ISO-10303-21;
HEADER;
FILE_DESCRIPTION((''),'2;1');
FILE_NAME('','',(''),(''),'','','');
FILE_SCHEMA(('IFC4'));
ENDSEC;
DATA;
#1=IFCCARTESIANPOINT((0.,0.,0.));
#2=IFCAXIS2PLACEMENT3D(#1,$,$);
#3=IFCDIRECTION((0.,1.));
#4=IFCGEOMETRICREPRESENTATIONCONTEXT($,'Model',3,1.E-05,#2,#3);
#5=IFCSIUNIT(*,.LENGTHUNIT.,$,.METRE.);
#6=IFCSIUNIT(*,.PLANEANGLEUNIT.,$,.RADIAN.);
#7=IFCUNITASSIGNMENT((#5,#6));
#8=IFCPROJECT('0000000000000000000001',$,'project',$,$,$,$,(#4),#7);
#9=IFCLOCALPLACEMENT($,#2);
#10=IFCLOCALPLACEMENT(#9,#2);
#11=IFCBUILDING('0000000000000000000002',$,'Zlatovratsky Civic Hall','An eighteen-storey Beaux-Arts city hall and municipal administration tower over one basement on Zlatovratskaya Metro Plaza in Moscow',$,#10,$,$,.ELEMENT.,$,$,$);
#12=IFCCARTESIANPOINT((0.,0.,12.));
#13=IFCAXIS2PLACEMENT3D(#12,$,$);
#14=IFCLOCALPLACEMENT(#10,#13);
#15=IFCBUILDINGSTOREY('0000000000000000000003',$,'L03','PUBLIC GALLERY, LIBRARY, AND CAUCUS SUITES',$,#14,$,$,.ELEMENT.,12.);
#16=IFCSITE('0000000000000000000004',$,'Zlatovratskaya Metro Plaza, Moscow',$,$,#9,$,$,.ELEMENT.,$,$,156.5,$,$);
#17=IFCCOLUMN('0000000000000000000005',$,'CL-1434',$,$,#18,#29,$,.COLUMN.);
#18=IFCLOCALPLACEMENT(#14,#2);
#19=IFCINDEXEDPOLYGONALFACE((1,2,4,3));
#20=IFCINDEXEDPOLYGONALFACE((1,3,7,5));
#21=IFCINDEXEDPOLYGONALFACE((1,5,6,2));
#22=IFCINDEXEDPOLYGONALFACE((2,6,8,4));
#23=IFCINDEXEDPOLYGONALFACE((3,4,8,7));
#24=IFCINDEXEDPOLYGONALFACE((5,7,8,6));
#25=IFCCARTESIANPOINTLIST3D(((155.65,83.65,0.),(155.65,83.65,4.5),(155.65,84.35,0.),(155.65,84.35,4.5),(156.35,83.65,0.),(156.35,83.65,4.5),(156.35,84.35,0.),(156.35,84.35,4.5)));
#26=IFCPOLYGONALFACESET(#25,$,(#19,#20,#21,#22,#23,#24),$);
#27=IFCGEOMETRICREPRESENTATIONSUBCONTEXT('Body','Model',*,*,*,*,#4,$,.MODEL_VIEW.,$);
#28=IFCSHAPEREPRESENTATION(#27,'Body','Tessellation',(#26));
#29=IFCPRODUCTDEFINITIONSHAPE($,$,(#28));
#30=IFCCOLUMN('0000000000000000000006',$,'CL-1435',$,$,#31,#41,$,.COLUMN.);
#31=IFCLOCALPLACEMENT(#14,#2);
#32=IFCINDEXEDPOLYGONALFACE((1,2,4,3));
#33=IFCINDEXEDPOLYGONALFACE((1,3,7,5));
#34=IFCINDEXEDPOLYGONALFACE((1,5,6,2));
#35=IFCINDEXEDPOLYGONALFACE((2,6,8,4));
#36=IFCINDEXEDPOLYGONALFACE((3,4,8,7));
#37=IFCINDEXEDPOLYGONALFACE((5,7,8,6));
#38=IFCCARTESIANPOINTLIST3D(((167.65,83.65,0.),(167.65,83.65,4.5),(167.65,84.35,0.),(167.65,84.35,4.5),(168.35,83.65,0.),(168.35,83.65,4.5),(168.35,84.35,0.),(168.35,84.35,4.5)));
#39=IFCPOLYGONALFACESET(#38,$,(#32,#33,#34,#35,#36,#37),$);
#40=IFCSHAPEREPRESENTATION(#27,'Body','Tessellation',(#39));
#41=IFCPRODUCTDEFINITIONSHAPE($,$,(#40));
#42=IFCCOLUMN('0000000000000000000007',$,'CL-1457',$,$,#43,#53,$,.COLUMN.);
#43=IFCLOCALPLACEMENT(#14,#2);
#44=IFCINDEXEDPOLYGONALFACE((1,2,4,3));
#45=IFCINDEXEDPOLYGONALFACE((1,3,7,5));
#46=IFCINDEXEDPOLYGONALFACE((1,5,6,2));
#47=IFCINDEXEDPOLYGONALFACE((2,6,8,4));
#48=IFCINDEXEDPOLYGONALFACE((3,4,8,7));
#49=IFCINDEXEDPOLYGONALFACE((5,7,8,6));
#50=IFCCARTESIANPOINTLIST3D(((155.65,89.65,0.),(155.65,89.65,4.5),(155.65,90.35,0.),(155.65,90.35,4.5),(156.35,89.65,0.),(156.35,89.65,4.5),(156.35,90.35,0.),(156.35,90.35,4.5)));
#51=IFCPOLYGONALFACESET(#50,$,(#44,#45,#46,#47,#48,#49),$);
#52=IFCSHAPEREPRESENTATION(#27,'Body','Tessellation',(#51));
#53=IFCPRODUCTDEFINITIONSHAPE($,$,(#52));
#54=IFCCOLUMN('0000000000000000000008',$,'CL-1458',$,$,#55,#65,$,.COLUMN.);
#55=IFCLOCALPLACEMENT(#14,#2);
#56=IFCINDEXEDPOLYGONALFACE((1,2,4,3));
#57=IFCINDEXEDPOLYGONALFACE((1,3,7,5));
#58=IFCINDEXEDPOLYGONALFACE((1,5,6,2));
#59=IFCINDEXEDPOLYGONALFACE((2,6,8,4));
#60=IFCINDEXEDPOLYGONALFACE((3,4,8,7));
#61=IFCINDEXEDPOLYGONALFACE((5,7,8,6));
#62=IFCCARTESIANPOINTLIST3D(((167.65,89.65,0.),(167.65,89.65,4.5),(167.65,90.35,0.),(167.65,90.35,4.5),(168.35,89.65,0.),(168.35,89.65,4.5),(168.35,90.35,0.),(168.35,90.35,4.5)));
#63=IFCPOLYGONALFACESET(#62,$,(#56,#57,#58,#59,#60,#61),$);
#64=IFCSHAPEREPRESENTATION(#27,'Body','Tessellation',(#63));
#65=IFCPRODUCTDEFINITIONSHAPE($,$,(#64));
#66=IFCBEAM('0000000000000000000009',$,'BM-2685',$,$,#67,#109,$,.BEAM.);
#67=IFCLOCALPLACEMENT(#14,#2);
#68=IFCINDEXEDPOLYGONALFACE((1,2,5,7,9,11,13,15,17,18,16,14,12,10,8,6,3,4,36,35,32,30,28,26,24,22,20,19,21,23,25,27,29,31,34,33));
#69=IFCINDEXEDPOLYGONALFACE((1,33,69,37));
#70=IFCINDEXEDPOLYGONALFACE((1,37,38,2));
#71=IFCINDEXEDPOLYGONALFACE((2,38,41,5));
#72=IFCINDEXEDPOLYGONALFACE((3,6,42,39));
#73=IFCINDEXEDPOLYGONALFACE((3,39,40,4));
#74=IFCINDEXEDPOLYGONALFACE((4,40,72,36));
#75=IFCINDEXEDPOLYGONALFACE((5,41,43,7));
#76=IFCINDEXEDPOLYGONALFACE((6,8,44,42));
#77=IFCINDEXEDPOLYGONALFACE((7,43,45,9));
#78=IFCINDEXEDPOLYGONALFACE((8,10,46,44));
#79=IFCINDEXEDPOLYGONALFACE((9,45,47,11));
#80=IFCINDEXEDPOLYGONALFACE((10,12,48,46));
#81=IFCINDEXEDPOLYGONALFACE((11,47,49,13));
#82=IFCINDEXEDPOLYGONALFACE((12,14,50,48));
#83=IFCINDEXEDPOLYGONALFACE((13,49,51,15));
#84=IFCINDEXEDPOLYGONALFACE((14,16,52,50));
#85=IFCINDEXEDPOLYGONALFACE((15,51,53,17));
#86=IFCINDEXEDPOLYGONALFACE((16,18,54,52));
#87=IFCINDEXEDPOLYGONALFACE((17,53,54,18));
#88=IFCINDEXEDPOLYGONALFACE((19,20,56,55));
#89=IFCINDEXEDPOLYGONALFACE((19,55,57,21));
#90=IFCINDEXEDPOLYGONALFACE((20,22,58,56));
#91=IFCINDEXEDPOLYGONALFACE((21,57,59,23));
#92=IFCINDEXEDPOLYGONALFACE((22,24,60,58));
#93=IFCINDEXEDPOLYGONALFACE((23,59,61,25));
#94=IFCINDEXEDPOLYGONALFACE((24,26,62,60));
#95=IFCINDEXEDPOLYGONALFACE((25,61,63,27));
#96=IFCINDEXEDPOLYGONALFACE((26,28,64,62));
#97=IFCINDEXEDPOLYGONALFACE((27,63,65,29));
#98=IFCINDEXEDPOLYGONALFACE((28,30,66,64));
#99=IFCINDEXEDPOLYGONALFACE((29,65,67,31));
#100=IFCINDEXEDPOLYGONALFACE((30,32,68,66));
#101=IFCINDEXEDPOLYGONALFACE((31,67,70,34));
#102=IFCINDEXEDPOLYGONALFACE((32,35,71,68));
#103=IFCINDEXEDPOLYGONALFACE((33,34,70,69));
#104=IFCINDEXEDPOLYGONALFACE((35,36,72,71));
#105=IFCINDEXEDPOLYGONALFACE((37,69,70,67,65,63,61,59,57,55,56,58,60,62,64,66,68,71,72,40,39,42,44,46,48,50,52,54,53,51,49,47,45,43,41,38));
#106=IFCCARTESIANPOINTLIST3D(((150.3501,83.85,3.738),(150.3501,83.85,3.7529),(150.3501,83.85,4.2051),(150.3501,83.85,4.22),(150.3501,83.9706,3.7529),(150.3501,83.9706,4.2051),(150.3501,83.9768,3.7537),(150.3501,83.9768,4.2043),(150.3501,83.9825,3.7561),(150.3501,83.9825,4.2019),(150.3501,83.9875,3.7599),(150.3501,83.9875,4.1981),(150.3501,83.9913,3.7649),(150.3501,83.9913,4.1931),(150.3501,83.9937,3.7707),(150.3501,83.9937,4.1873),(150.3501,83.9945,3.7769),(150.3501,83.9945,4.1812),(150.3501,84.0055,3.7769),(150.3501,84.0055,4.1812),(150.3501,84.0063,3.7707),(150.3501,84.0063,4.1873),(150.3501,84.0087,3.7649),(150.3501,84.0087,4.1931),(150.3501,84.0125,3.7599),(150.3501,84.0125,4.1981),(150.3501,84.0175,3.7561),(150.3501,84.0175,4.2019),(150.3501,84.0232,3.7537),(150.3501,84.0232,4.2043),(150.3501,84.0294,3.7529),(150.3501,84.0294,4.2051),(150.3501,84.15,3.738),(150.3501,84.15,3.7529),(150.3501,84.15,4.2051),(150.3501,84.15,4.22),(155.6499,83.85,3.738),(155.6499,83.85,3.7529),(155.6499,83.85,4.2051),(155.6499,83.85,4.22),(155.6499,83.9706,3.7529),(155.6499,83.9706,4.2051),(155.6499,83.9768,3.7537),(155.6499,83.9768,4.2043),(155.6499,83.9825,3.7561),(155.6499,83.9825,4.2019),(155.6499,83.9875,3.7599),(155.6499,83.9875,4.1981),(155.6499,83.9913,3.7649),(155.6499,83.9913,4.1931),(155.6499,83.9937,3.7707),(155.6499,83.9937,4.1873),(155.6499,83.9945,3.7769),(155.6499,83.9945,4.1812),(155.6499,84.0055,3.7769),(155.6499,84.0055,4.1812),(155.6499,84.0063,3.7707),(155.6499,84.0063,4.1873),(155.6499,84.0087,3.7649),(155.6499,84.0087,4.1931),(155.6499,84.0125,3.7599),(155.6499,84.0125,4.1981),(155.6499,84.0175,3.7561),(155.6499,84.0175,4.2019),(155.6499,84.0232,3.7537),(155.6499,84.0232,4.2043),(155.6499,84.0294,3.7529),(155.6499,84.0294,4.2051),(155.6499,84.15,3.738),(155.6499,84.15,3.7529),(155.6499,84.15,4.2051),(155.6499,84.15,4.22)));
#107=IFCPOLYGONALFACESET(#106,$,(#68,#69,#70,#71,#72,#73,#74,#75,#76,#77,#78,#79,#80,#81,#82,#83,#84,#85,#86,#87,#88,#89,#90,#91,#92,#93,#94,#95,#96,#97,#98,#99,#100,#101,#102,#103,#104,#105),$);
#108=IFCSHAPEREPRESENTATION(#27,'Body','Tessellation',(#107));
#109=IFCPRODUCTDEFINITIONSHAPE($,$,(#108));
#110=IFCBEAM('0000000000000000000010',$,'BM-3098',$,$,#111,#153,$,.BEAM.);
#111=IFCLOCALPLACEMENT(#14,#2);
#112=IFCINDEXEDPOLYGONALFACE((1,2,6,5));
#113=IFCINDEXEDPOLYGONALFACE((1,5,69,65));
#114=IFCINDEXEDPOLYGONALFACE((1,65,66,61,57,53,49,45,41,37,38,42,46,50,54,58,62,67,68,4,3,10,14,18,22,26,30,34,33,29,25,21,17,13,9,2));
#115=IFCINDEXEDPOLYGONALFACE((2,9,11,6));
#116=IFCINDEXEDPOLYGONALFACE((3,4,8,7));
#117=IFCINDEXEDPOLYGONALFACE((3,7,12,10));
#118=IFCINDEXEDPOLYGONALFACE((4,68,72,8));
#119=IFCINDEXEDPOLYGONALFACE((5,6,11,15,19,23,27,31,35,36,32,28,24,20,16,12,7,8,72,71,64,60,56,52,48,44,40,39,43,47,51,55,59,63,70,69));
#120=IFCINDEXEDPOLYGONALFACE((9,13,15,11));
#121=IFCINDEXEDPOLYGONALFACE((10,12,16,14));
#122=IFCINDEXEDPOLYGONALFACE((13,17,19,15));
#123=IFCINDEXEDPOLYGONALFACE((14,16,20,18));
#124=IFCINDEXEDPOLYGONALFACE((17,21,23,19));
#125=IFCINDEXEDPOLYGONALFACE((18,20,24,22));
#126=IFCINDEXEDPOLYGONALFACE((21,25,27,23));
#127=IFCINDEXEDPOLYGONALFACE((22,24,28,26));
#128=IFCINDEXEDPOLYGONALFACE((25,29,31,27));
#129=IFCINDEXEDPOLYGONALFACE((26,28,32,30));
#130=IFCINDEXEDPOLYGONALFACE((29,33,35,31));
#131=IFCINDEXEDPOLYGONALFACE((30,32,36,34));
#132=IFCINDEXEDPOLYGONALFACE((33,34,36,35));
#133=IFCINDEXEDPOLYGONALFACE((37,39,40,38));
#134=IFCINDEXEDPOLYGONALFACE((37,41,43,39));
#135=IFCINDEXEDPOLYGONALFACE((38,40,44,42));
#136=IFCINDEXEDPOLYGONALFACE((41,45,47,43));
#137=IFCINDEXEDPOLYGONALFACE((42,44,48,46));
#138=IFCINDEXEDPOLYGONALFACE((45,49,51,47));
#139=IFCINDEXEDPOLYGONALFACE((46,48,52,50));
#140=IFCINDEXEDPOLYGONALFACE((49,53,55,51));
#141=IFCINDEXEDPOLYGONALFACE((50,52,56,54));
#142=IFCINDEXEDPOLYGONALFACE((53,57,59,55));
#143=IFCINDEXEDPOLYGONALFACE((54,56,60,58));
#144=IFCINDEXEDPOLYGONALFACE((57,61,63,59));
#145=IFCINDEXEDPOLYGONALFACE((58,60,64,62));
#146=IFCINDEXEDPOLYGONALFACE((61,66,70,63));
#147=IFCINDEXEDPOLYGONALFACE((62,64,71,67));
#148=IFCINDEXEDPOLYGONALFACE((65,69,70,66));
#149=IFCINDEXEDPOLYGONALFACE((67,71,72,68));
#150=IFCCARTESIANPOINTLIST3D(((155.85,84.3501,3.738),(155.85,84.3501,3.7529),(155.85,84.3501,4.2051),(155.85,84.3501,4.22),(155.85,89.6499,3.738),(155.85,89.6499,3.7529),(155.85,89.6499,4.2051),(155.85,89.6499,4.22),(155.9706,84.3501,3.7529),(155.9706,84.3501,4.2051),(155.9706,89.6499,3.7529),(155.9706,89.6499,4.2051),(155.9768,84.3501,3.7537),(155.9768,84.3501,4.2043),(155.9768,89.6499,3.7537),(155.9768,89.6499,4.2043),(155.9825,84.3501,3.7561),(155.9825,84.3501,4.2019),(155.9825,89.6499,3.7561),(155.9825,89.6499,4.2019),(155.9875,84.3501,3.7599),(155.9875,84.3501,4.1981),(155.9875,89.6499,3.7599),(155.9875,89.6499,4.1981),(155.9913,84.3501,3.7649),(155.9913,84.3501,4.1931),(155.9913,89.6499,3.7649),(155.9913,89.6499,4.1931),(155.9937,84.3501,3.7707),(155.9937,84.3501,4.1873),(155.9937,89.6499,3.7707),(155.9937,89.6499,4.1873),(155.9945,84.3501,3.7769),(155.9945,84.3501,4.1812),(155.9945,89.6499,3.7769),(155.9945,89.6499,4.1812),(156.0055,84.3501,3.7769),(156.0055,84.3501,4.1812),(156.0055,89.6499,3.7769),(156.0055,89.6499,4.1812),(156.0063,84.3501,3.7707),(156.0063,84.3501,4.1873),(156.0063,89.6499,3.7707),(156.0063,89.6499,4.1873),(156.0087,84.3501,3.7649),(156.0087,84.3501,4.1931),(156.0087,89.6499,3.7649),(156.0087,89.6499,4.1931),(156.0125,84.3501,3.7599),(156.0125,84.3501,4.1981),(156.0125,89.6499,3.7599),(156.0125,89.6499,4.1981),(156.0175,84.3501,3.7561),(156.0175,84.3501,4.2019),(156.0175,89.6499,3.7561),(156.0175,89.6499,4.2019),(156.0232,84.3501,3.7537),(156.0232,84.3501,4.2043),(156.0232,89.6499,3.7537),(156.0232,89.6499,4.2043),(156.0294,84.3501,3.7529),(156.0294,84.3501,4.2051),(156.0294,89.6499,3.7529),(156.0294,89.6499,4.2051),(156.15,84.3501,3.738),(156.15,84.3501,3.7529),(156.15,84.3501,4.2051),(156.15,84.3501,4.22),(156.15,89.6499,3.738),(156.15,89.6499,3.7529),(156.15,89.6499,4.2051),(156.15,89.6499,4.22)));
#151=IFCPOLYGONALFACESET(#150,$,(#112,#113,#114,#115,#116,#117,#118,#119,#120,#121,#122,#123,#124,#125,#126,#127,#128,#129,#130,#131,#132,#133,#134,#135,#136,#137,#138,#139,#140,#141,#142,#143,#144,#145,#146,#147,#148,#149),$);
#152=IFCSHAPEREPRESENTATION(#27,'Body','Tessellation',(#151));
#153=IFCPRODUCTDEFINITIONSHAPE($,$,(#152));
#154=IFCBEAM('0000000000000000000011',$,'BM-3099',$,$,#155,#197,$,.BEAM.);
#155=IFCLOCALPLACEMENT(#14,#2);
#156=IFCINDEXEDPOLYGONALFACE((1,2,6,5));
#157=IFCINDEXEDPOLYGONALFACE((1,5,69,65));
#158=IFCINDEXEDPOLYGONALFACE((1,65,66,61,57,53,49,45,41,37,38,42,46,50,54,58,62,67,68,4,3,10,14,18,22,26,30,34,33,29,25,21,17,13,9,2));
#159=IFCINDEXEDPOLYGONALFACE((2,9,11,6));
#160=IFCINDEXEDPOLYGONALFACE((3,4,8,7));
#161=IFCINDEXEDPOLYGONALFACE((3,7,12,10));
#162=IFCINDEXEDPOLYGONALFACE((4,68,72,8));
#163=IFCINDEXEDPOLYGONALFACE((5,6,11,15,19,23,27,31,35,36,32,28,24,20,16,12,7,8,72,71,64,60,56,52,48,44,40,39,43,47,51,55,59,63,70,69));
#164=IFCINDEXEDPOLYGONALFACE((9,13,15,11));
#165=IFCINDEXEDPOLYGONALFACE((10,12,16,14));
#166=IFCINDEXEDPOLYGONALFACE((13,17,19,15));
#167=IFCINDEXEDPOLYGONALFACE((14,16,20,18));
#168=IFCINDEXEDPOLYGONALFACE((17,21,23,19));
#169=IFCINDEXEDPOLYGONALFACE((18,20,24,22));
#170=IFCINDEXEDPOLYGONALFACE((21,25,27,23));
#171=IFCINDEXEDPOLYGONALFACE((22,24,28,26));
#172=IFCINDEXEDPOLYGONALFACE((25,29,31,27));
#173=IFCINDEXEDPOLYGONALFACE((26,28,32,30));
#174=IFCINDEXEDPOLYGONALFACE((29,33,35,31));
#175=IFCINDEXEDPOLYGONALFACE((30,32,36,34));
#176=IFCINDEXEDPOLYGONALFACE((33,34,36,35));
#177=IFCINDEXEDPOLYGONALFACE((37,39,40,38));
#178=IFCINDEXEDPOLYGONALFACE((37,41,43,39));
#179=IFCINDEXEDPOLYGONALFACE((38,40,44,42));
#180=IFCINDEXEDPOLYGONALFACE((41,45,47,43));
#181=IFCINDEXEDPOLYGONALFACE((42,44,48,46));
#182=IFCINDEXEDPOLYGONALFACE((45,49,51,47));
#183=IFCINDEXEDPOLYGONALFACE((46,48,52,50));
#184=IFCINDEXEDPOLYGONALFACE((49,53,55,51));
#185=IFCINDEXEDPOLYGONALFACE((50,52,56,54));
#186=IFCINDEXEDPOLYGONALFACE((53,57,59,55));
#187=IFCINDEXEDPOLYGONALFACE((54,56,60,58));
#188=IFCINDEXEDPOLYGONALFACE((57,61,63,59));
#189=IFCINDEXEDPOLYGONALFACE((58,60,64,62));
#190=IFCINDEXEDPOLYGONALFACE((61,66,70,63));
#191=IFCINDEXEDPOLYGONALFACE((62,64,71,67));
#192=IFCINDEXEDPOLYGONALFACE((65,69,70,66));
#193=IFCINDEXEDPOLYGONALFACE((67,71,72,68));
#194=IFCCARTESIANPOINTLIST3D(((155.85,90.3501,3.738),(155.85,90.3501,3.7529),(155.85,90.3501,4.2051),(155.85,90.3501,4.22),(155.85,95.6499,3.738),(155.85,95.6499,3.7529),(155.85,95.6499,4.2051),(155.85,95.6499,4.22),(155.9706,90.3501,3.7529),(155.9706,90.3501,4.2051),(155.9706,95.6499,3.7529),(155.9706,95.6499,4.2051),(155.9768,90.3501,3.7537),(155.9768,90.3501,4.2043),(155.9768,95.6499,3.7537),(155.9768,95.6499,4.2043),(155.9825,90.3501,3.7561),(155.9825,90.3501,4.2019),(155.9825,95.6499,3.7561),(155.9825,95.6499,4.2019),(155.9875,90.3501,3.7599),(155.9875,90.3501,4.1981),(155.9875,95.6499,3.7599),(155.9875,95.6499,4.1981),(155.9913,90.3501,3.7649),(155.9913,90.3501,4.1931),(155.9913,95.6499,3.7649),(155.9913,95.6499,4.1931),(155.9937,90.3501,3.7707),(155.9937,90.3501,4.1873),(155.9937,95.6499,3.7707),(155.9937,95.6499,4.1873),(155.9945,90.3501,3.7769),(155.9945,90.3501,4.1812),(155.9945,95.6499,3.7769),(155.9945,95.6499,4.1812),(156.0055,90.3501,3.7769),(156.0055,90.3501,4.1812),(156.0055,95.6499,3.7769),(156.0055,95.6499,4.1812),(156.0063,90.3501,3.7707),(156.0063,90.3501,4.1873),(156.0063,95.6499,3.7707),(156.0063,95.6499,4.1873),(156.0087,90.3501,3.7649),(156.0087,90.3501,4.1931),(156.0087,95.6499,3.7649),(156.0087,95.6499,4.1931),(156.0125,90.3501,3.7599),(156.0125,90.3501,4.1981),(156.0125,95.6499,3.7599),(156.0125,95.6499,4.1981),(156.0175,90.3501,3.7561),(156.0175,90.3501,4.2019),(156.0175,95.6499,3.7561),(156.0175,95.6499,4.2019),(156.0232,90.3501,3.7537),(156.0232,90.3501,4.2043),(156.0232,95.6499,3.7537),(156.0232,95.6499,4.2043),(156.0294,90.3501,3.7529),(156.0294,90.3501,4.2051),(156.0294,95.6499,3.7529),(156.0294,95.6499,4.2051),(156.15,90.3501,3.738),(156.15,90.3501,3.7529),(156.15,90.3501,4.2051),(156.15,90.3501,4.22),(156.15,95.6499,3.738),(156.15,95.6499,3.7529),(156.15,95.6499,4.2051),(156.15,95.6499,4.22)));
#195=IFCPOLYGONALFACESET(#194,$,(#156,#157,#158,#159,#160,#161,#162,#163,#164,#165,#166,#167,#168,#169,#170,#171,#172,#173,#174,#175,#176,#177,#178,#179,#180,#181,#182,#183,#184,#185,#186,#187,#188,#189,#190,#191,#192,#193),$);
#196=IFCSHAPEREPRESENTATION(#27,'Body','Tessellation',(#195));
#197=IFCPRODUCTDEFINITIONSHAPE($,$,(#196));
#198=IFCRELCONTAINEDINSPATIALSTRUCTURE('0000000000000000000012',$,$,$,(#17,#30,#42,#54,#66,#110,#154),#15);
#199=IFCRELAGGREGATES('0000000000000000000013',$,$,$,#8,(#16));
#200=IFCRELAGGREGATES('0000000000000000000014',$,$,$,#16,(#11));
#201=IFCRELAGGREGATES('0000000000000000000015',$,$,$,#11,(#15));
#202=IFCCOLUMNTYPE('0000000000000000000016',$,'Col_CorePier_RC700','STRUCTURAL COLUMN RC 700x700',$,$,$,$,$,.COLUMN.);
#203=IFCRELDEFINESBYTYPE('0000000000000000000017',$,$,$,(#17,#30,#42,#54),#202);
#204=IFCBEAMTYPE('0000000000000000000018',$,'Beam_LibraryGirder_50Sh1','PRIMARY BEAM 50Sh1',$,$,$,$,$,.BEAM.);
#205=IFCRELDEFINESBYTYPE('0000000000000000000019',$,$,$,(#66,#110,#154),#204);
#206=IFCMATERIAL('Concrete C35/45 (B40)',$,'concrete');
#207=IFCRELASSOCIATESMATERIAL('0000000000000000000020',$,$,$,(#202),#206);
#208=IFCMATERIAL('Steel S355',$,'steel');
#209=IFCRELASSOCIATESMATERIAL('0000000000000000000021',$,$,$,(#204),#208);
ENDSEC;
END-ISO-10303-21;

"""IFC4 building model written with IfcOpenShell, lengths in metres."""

from ifc_helpers import new_model, si_unit, direction, frame, origin, origin_2d, place, context, subcontext, project, spatial, rectangle, i_section, extrude, material, material_profile, profile_set, type_object, element, save


model = new_model("IFC4")

# Units and contexts
model_context = context("Model", 3, precision=1e-05, world=origin(), true_north=direction((0.0, 1.0)))
body_context = subcontext(model_context, "Body", "Model", "MODEL_VIEW")
ifc_project = project(units=[si_unit("LENGTHUNIT", "METRE"), si_unit("PLANEANGLEUNIT", "RADIAN")], contexts=[model_context])

# Site, building, storey
site_placement = place(None, origin())
site = spatial("IfcSite", under=ifc_project, at=site_placement, Name="Zlatovratskaya Metro Plaza, Moscow", CompositionType="ELEMENT", RefElevation=156.5)
building_placement = place(site_placement, origin())
building = spatial("IfcBuilding", under=site, at=building_placement, Name="Zlatovratsky Civic Hall", Description="An eighteen-storey Beaux-Arts city hall and municipal administration tower over one basement on Zlatovratskaya Metro Plaza in Moscow", CompositionType="ELEMENT")
storey_placement = place(building_placement, frame((0.0, 0.0, 12.0)))
storey = spatial("IfcBuildingStorey", under=building, at=storey_placement, Name="L03", Description="PUBLIC GALLERY, LIBRARY, AND CAUCUS SUITES", CompositionType="ELEMENT", Elevation=12.0)

# Columns
ifc_material_1 = material(Name="Concrete C35/45 (B40)", Category="concrete")
ifc_material_profile_1 = material_profile(ifc_material_1, rectangle(XDim=0.7, YDim=0.7, at=origin_2d()), Name="RC 700x700")
ifc_profile_set_1 = profile_set([ifc_material_profile_1], Name="Concrete C35/45 (B40)")
column_type = type_object("IfcColumnType", Name="Col_CorePier_RC700", Description="STRUCTURAL COLUMN RC 700x700", PredefinedType="COLUMN", material=ifc_profile_set_1)
for number, where, z_axis, x_axis, name in (
    (1, (156.0, 84.0, 0.0), (0.0, 0.0, 1.0), (1.0, 0.0, 0.0), "CL-1434"),
    (2, (168.0, 84.0, 0.0), (0.0, 0.0, 1.0), (1.0, 0.0, 0.0), "CL-1435"),
    (3, (156.0, 90.0, 0.0), (0.0, 0.0, 1.0), (1.0, 0.0, 0.0), "CL-1457"),
    (4, (168.0, 90.0, 0.0), (0.0, 0.0, 1.0), (1.0, 0.0, 0.0), "CL-1458"),
):
    element("IfcColumn", number, at=place(storey_placement, frame(where, z_axis=z_axis, x_axis=x_axis)), inside=storey, type_object=column_type, Name=name, PredefinedType="COLUMN", context=body_context, shape_type="SweptSolid", body=[
        extrude(rectangle(XDim=0.7, YDim=0.7, at=origin_2d()), origin(), (0.0, 0.0, 1.0), 4.5),
    ])

# Beams
ifc_material_2 = material(Name="Steel S355", Category="steel")
ifc_material_profile_2 = material_profile(ifc_material_2, i_section(OverallWidth=0.3, OverallDepth=0.4819, WebThickness=0.011, FlangeThickness=0.0149, FilletRadius=0.0239, at=origin_2d()), Name="50Sh1")
ifc_profile_set_2 = profile_set([ifc_material_profile_2], Name="Steel S355")
beam_type_1 = type_object("IfcBeamType", Name="Beam_LibraryGirder_50Sh1", Description="PRIMARY BEAM 50Sh1", PredefinedType="BEAM", material=ifc_profile_set_2)
for number, where, z_axis, x_axis, name in (
    (5, (150.3501, 84.0, 3.979), (1.0, 0.0, 0.0), (0.0, 1.0, 0.0), "BM-2685"),
    (6, (156.0, 84.3501, 3.979), (0.0, 1.0, 0.0), (-1.0, 0.0, 0.0), "BM-3098"),
    (7, (156.0, 90.3501, 3.979), (0.0, 1.0, 0.0), (-1.0, 0.0, 0.0), "BM-3099"),
):
    element("IfcBeam", number, at=place(storey_placement, frame(where, z_axis=z_axis, x_axis=x_axis)), inside=storey, type_object=beam_type_1, Name=name, PredefinedType="BEAM", context=body_context, shape_type="SweptSolid", body=[
        extrude(i_section(OverallWidth=0.3, OverallDepth=0.4819, WebThickness=0.011, FlangeThickness=0.0149, FilletRadius=0.0239, at=origin_2d()), origin(), (0.0, 0.0, 1.0), 5.2998),
    ])

save(model, "model.ifc")
